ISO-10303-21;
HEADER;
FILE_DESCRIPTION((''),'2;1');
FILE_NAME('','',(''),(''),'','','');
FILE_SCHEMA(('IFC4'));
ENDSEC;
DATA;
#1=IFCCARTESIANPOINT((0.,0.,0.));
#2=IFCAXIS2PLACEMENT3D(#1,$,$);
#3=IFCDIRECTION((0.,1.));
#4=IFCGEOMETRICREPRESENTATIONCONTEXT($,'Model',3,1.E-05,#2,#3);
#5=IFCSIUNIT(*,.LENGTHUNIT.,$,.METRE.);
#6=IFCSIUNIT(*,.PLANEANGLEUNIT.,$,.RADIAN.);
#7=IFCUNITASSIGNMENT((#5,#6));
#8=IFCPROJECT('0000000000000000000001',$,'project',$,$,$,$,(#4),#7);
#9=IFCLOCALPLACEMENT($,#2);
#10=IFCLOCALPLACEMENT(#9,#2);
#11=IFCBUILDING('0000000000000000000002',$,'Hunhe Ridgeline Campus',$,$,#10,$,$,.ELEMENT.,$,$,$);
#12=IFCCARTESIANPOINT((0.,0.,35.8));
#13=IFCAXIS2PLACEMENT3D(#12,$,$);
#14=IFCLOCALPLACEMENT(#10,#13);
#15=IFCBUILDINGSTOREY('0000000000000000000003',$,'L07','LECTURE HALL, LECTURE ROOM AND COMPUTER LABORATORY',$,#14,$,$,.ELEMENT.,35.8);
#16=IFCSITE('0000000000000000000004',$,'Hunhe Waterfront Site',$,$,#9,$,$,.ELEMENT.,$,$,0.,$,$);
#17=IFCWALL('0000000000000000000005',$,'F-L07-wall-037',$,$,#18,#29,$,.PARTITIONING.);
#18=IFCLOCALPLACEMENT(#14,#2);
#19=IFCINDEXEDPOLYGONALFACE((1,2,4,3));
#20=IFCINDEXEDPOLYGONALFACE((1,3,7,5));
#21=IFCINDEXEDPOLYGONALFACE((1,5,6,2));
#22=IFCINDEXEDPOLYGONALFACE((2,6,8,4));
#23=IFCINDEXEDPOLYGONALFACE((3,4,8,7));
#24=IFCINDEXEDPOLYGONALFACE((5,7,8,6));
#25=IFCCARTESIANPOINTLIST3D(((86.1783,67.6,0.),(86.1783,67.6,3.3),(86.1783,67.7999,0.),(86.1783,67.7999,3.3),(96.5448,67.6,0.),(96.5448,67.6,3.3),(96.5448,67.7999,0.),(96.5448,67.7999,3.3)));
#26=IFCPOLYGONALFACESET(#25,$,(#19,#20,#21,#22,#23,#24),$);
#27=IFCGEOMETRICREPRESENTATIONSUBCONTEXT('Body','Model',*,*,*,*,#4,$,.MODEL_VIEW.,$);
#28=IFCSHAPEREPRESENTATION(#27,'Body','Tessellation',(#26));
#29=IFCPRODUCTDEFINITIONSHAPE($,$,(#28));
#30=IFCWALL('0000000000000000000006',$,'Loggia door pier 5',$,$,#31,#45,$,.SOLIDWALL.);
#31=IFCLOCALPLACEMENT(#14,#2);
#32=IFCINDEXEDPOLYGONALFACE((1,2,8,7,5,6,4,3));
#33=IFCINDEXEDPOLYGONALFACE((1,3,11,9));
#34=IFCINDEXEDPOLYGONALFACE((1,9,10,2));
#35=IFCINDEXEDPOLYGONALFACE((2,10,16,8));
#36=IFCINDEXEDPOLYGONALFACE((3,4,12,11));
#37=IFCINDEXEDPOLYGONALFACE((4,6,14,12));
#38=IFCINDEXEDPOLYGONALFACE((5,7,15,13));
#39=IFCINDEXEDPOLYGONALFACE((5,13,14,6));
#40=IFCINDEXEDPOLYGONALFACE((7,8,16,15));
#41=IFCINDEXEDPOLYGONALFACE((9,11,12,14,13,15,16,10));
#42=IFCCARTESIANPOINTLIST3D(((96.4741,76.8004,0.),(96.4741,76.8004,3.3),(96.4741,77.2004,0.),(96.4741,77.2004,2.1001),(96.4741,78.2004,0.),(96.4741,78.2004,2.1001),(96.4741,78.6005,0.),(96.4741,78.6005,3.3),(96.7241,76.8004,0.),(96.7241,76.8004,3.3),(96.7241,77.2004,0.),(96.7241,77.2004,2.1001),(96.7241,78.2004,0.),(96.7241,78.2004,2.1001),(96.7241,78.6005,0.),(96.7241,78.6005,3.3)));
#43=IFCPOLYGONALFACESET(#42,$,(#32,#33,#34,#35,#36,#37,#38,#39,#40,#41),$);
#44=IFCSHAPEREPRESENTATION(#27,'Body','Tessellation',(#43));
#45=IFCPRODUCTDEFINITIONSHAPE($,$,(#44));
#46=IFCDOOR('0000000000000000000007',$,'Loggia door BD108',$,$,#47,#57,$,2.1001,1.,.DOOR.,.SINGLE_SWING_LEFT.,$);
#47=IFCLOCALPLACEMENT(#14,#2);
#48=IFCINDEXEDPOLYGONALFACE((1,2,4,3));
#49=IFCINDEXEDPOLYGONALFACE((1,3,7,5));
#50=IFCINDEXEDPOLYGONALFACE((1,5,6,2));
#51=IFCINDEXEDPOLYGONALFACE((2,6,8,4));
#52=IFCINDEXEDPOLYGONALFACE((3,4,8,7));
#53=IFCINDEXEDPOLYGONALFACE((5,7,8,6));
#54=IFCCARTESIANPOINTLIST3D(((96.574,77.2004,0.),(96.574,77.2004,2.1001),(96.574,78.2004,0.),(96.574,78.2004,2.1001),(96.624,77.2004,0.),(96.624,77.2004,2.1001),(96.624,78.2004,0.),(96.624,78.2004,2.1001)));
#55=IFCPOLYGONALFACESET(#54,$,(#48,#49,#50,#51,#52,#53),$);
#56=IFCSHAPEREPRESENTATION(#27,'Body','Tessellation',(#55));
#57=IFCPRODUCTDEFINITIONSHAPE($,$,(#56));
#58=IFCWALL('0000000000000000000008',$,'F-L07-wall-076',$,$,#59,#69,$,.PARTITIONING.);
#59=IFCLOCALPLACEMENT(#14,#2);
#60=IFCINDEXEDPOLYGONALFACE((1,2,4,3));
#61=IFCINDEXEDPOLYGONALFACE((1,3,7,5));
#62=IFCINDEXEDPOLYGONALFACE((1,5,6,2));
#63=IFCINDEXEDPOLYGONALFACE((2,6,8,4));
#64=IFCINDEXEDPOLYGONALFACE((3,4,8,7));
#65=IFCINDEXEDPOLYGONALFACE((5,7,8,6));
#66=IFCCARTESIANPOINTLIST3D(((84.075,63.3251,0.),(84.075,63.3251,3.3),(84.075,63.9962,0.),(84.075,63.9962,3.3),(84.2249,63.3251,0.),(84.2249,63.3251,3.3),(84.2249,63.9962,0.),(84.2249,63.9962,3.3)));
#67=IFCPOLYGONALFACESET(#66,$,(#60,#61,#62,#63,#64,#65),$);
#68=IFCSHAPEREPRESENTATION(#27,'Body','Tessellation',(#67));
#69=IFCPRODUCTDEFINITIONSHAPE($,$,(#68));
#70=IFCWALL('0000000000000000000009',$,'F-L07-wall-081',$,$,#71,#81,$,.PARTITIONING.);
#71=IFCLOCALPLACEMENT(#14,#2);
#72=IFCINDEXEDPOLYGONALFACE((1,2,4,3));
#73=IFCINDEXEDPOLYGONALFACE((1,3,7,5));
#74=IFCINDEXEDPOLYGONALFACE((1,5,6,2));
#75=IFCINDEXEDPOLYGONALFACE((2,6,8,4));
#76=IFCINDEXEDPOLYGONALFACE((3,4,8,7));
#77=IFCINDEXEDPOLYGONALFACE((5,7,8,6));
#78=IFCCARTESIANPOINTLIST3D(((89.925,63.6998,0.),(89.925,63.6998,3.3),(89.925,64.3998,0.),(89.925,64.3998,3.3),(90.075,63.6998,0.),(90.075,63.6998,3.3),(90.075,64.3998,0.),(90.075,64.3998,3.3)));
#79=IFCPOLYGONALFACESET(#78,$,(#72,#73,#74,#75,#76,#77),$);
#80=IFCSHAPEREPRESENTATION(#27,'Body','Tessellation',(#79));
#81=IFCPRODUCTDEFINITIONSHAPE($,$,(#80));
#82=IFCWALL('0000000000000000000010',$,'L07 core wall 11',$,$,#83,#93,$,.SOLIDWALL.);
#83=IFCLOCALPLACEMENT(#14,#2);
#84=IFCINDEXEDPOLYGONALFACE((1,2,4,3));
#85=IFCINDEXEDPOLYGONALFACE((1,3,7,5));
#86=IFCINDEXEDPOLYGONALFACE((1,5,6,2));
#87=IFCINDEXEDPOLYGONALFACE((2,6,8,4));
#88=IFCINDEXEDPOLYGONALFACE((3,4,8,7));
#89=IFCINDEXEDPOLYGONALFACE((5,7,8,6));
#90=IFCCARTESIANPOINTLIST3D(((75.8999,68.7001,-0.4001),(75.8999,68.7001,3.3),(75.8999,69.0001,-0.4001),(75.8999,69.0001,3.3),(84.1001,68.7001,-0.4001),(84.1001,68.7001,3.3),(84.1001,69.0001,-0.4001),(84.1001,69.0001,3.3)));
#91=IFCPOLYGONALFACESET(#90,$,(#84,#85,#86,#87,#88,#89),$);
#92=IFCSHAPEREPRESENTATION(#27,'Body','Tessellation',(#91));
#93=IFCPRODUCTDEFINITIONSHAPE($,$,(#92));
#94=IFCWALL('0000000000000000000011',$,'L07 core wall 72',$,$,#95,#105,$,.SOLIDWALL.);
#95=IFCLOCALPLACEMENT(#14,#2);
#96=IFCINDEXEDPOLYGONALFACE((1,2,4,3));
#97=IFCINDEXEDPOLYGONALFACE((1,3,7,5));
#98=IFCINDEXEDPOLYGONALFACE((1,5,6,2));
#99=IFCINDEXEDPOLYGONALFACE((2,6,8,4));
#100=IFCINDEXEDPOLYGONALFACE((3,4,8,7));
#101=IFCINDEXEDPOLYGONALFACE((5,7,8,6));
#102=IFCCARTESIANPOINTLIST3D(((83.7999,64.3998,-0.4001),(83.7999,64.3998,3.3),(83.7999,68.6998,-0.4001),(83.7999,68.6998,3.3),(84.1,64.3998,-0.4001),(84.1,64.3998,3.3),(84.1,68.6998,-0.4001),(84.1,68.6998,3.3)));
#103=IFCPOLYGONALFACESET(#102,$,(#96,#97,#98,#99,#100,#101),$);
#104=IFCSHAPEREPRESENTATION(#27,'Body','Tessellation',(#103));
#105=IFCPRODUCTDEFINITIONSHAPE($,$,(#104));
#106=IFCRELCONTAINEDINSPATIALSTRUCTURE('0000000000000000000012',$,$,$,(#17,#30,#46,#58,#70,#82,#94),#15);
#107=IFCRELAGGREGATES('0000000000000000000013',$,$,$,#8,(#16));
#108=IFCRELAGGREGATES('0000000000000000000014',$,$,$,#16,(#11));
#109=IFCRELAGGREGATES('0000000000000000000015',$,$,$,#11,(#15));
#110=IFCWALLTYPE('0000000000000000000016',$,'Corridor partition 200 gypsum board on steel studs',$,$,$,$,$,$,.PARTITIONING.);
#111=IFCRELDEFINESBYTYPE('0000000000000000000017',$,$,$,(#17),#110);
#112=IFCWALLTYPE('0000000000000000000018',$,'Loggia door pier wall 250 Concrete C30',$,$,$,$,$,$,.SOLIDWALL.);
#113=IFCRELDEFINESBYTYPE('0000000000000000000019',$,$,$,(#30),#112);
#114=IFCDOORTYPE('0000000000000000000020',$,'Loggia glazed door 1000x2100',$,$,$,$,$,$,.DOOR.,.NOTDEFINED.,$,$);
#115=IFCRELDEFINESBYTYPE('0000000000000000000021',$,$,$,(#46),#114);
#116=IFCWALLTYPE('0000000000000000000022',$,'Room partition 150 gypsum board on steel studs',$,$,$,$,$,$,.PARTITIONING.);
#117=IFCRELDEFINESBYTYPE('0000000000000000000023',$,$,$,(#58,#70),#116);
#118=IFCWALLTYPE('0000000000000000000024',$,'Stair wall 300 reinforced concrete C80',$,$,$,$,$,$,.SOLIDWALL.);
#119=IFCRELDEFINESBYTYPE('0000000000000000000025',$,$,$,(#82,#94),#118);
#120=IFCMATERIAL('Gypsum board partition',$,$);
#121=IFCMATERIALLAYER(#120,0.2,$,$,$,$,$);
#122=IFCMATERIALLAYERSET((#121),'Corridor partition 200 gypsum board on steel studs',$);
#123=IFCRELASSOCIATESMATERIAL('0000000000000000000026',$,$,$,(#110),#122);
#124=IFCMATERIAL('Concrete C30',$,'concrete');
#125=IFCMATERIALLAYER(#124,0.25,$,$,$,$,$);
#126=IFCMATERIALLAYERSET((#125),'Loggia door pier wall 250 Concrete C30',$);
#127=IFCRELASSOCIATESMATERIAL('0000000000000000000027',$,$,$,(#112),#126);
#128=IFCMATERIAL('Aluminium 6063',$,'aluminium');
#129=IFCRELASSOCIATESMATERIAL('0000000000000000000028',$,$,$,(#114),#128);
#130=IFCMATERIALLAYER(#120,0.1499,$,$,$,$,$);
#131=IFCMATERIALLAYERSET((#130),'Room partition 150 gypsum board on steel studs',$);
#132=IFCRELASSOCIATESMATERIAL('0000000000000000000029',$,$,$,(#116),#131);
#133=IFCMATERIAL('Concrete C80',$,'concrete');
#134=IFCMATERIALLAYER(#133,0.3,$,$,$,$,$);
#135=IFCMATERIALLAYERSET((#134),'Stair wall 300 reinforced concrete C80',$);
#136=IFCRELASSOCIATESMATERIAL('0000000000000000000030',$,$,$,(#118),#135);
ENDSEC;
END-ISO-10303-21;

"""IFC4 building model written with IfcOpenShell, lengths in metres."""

from ifc_helpers import new_model, si_unit, direction, frame, frame_2d, origin, place, context, subcontext, project, spatial, rectangle, extrude, material, layer, layer_set, type_object, element, fill, save


model = new_model("IFC4")

# Units and contexts
model_context = context("Model", 3, precision=1e-05, world=origin(), true_north=direction((0.0, 1.0)))
body_context = subcontext(model_context, "Body", "Model", "MODEL_VIEW")
ifc_project = project(units=[si_unit("LENGTHUNIT", "METRE"), si_unit("PLANEANGLEUNIT", "RADIAN")], contexts=[model_context])

# Site, building, storey
site_placement = place(None, origin())
site = spatial("IfcSite", under=ifc_project, at=site_placement, Name="Hunhe Waterfront Site", CompositionType="ELEMENT", RefElevation=0.0)
building_placement = place(site_placement, origin())
building = spatial("IfcBuilding", under=site, at=building_placement, Name="Hunhe Ridgeline Campus", CompositionType="ELEMENT")
storey_placement = place(building_placement, frame((0.0, 0.0, 35.8)))
storey = spatial("IfcBuildingStorey", under=building, at=storey_placement, Name="L07", Description="LECTURE HALL, LECTURE ROOM AND COMPUTER LABORATORY", CompositionType="ELEMENT", Elevation=35.8)

# Shared definitions
ifc_material_1 = material(Name="Concrete C80", Category="concrete")

# Shared definitions
ifc_material_2 = material(Name="Aluminium 6063", Category="aluminium")

# Shared definitions
ifc_material_3 = material(Name="Gypsum board partition")
ifc_layer_1 = layer(ifc_material_3, 0.2)
ifc_layer_set_1 = layer_set([ifc_layer_1], Name="Corridor partition 200 gypsum board on steel studs")
wall_type_1 = type_object("IfcWallType", Name="Corridor partition 200 gypsum board on steel studs", PredefinedType="PARTITIONING", material=ifc_layer_set_1)

# Wall
wall_1_placement = place(storey_placement, frame((86.1785, 67.7, 0.0), z_axis=(0.0, 0.0, 1.0), x_axis=(1.0, 0.0, 0.0)))
element("IfcWall", 1, at=wall_1_placement, inside=storey, type_object=wall_type_1, Name="F-L07-wall-037", PredefinedType="PARTITIONING", context=body_context, shape_type="SweptSolid", body=[
    extrude(rectangle(XDim=10.3665, YDim=0.2, at=frame_2d((5.1831, 0.0))), origin(), (0.0, 0.0, 1.0), 3.3),
])

# Wall, opening, door
ifc_material_4 = material(Name="Concrete C30", Category="concrete")
ifc_layer_2 = layer(ifc_material_4, 0.25)
ifc_layer_set_2 = layer_set([ifc_layer_2], Name="Loggia door pier wall 250 Concrete C30")
wall_type_2 = type_object("IfcWallType", Name="Loggia door pier wall 250 Concrete C30", PredefinedType="SOLIDWALL", material=ifc_layer_set_2)
wall_2_placement = place(storey_placement, frame((96.5991, 76.8005, 0.0), z_axis=(0.0, 0.0, 1.0), x_axis=(0.0, 1.0, 0.0)))
wall_2 = element("IfcWall", 2, at=wall_2_placement, inside=storey, type_object=wall_type_2, Name="Loggia door pier 5", PredefinedType="SOLIDWALL", context=body_context, shape_type="SweptSolid", body=[
    extrude(rectangle(XDim=1.8, YDim=0.25, at=frame_2d((0.8999, 0.0))), origin(), (0.0, 0.0, 1.0), 3.3),
])
opening_1_placement = place(wall_2_placement, frame((0.3999, 0.0, 0.0)))
opening_1 = element("IfcOpeningElement", 3, at=opening_1_placement, cuts=wall_2, PredefinedType="OPENING", context=body_context, shape_type="SweptSolid", body=[
    extrude(rectangle(XDim=1.0, YDim=2.1001, at=frame_2d((0.5, 1.05))), frame((0.0, 0.125, 0.0), z_axis=(0.0, -1.0, 0.0), x_axis=(1.0, 0.0, 0.0)), (0.0, 0.0, 1.0), 0.25),
])
door_type_1 = type_object("IfcDoorType", Name="Loggia glazed door 1000x2100", OperationType="NOTDEFINED", PredefinedType="DOOR", material=ifc_material_2)
door_1_placement = place(opening_1_placement, frame((1.0, 0.0, 0.0), z_axis=(0.0, 0.0, 1.0), x_axis=(-1.0, 0.0, 0.0)))
door_1 = element("IfcDoor", 4, at=door_1_placement, inside=storey, type_object=door_type_1, Name="Loggia door BD108", OperationType="SINGLE_SWING_LEFT", OverallHeight=2.1001, OverallWidth=1.0, PredefinedType="DOOR", context=body_context, shape_type="SweptSolid", body=[
    extrude(rectangle(XDim=1.0, YDim=2.1001, at=frame_2d((0.5, 1.05))), frame((0.0, 0.0249, 0.0), z_axis=(0.0, -1.0, 0.0), x_axis=(1.0, 0.0, 0.0)), (0.0, 0.0, 1.0), 0.05),
])
fill(opening_1, door_1)

# Walls
ifc_layer_3 = layer(ifc_material_3, 0.1499)
ifc_layer_set_3 = layer_set([ifc_layer_3], Name="Room partition 150 gypsum board on steel studs")
wall_type_3 = type_object("IfcWallType", Name="Room partition 150 gypsum board on steel studs", PredefinedType="PARTITIONING", material=ifc_layer_set_3)
wall_3_placement = place(storey_placement, frame((84.1499, 63.9961, 0.0), z_axis=(0.0, 0.0, 1.0), x_axis=(0.0, -1.0, 0.0)))
element("IfcWall", 5, at=wall_3_placement, inside=storey, type_object=wall_type_3, Name="F-L07-wall-076", PredefinedType="PARTITIONING", context=body_context, shape_type="SweptSolid", body=[
    extrude(rectangle(XDim=0.6711, YDim=0.1499, at=frame_2d((0.3354, 0.0))), origin(), (0.0, 0.0, 1.0), 3.3),
])
wall_4_placement = place(storey_placement, frame((90.0, 64.3999, 0.0), z_axis=(0.0, 0.0, 1.0), x_axis=(0.0, -1.0, 0.0)))
element("IfcWall", 6, at=wall_4_placement, inside=storey, type_object=wall_type_3, Name="F-L07-wall-081", PredefinedType="PARTITIONING", context=body_context, shape_type="SweptSolid", body=[
    extrude(rectangle(XDim=0.7, YDim=0.1499, at=frame_2d((0.3501, 0.0))), origin(), (0.0, 0.0, 1.0), 3.3),
])
ifc_layer_4 = layer(ifc_material_1, 0.3)
ifc_layer_set_4 = layer_set([ifc_layer_4], Name="Stair wall 300 reinforced concrete C80")
wall_type_4 = type_object("IfcWallType", Name="Stair wall 300 reinforced concrete C80", PredefinedType="SOLIDWALL", material=ifc_layer_set_4)
wall_5_placement = place(storey_placement, frame((75.8999, 68.8501, -0.4001), z_axis=(0.0, 0.0, 1.0), x_axis=(1.0, 0.0, 0.0)))
element("IfcWall", 7, at=wall_5_placement, inside=storey, type_object=wall_type_4, Name="L07 core wall 11", PredefinedType="SOLIDWALL", context=body_context, shape_type="SweptSolid", body=[
    extrude(rectangle(XDim=8.2002, YDim=0.3, at=frame_2d((4.1001, 0.0))), origin(), (0.0, 0.0, 1.0), 3.7002),
])

# Wall
wall_6_placement = place(storey_placement, frame((83.95, 64.3999, -0.4001), z_axis=(0.0, 0.0, 1.0), x_axis=(0.0, 1.0, 0.0)))
element("IfcWall", 8, at=wall_6_placement, inside=storey, type_object=wall_type_4, Name="L07 core wall 72", PredefinedType="SOLIDWALL", context=body_context, shape_type="SweptSolid", body=[
    extrude(rectangle(XDim=4.3, YDim=0.3, at=frame_2d((2.1499, 0.0))), origin(), (0.0, 0.0, 1.0), 3.7002),
])

save(model, "model.ifc")
